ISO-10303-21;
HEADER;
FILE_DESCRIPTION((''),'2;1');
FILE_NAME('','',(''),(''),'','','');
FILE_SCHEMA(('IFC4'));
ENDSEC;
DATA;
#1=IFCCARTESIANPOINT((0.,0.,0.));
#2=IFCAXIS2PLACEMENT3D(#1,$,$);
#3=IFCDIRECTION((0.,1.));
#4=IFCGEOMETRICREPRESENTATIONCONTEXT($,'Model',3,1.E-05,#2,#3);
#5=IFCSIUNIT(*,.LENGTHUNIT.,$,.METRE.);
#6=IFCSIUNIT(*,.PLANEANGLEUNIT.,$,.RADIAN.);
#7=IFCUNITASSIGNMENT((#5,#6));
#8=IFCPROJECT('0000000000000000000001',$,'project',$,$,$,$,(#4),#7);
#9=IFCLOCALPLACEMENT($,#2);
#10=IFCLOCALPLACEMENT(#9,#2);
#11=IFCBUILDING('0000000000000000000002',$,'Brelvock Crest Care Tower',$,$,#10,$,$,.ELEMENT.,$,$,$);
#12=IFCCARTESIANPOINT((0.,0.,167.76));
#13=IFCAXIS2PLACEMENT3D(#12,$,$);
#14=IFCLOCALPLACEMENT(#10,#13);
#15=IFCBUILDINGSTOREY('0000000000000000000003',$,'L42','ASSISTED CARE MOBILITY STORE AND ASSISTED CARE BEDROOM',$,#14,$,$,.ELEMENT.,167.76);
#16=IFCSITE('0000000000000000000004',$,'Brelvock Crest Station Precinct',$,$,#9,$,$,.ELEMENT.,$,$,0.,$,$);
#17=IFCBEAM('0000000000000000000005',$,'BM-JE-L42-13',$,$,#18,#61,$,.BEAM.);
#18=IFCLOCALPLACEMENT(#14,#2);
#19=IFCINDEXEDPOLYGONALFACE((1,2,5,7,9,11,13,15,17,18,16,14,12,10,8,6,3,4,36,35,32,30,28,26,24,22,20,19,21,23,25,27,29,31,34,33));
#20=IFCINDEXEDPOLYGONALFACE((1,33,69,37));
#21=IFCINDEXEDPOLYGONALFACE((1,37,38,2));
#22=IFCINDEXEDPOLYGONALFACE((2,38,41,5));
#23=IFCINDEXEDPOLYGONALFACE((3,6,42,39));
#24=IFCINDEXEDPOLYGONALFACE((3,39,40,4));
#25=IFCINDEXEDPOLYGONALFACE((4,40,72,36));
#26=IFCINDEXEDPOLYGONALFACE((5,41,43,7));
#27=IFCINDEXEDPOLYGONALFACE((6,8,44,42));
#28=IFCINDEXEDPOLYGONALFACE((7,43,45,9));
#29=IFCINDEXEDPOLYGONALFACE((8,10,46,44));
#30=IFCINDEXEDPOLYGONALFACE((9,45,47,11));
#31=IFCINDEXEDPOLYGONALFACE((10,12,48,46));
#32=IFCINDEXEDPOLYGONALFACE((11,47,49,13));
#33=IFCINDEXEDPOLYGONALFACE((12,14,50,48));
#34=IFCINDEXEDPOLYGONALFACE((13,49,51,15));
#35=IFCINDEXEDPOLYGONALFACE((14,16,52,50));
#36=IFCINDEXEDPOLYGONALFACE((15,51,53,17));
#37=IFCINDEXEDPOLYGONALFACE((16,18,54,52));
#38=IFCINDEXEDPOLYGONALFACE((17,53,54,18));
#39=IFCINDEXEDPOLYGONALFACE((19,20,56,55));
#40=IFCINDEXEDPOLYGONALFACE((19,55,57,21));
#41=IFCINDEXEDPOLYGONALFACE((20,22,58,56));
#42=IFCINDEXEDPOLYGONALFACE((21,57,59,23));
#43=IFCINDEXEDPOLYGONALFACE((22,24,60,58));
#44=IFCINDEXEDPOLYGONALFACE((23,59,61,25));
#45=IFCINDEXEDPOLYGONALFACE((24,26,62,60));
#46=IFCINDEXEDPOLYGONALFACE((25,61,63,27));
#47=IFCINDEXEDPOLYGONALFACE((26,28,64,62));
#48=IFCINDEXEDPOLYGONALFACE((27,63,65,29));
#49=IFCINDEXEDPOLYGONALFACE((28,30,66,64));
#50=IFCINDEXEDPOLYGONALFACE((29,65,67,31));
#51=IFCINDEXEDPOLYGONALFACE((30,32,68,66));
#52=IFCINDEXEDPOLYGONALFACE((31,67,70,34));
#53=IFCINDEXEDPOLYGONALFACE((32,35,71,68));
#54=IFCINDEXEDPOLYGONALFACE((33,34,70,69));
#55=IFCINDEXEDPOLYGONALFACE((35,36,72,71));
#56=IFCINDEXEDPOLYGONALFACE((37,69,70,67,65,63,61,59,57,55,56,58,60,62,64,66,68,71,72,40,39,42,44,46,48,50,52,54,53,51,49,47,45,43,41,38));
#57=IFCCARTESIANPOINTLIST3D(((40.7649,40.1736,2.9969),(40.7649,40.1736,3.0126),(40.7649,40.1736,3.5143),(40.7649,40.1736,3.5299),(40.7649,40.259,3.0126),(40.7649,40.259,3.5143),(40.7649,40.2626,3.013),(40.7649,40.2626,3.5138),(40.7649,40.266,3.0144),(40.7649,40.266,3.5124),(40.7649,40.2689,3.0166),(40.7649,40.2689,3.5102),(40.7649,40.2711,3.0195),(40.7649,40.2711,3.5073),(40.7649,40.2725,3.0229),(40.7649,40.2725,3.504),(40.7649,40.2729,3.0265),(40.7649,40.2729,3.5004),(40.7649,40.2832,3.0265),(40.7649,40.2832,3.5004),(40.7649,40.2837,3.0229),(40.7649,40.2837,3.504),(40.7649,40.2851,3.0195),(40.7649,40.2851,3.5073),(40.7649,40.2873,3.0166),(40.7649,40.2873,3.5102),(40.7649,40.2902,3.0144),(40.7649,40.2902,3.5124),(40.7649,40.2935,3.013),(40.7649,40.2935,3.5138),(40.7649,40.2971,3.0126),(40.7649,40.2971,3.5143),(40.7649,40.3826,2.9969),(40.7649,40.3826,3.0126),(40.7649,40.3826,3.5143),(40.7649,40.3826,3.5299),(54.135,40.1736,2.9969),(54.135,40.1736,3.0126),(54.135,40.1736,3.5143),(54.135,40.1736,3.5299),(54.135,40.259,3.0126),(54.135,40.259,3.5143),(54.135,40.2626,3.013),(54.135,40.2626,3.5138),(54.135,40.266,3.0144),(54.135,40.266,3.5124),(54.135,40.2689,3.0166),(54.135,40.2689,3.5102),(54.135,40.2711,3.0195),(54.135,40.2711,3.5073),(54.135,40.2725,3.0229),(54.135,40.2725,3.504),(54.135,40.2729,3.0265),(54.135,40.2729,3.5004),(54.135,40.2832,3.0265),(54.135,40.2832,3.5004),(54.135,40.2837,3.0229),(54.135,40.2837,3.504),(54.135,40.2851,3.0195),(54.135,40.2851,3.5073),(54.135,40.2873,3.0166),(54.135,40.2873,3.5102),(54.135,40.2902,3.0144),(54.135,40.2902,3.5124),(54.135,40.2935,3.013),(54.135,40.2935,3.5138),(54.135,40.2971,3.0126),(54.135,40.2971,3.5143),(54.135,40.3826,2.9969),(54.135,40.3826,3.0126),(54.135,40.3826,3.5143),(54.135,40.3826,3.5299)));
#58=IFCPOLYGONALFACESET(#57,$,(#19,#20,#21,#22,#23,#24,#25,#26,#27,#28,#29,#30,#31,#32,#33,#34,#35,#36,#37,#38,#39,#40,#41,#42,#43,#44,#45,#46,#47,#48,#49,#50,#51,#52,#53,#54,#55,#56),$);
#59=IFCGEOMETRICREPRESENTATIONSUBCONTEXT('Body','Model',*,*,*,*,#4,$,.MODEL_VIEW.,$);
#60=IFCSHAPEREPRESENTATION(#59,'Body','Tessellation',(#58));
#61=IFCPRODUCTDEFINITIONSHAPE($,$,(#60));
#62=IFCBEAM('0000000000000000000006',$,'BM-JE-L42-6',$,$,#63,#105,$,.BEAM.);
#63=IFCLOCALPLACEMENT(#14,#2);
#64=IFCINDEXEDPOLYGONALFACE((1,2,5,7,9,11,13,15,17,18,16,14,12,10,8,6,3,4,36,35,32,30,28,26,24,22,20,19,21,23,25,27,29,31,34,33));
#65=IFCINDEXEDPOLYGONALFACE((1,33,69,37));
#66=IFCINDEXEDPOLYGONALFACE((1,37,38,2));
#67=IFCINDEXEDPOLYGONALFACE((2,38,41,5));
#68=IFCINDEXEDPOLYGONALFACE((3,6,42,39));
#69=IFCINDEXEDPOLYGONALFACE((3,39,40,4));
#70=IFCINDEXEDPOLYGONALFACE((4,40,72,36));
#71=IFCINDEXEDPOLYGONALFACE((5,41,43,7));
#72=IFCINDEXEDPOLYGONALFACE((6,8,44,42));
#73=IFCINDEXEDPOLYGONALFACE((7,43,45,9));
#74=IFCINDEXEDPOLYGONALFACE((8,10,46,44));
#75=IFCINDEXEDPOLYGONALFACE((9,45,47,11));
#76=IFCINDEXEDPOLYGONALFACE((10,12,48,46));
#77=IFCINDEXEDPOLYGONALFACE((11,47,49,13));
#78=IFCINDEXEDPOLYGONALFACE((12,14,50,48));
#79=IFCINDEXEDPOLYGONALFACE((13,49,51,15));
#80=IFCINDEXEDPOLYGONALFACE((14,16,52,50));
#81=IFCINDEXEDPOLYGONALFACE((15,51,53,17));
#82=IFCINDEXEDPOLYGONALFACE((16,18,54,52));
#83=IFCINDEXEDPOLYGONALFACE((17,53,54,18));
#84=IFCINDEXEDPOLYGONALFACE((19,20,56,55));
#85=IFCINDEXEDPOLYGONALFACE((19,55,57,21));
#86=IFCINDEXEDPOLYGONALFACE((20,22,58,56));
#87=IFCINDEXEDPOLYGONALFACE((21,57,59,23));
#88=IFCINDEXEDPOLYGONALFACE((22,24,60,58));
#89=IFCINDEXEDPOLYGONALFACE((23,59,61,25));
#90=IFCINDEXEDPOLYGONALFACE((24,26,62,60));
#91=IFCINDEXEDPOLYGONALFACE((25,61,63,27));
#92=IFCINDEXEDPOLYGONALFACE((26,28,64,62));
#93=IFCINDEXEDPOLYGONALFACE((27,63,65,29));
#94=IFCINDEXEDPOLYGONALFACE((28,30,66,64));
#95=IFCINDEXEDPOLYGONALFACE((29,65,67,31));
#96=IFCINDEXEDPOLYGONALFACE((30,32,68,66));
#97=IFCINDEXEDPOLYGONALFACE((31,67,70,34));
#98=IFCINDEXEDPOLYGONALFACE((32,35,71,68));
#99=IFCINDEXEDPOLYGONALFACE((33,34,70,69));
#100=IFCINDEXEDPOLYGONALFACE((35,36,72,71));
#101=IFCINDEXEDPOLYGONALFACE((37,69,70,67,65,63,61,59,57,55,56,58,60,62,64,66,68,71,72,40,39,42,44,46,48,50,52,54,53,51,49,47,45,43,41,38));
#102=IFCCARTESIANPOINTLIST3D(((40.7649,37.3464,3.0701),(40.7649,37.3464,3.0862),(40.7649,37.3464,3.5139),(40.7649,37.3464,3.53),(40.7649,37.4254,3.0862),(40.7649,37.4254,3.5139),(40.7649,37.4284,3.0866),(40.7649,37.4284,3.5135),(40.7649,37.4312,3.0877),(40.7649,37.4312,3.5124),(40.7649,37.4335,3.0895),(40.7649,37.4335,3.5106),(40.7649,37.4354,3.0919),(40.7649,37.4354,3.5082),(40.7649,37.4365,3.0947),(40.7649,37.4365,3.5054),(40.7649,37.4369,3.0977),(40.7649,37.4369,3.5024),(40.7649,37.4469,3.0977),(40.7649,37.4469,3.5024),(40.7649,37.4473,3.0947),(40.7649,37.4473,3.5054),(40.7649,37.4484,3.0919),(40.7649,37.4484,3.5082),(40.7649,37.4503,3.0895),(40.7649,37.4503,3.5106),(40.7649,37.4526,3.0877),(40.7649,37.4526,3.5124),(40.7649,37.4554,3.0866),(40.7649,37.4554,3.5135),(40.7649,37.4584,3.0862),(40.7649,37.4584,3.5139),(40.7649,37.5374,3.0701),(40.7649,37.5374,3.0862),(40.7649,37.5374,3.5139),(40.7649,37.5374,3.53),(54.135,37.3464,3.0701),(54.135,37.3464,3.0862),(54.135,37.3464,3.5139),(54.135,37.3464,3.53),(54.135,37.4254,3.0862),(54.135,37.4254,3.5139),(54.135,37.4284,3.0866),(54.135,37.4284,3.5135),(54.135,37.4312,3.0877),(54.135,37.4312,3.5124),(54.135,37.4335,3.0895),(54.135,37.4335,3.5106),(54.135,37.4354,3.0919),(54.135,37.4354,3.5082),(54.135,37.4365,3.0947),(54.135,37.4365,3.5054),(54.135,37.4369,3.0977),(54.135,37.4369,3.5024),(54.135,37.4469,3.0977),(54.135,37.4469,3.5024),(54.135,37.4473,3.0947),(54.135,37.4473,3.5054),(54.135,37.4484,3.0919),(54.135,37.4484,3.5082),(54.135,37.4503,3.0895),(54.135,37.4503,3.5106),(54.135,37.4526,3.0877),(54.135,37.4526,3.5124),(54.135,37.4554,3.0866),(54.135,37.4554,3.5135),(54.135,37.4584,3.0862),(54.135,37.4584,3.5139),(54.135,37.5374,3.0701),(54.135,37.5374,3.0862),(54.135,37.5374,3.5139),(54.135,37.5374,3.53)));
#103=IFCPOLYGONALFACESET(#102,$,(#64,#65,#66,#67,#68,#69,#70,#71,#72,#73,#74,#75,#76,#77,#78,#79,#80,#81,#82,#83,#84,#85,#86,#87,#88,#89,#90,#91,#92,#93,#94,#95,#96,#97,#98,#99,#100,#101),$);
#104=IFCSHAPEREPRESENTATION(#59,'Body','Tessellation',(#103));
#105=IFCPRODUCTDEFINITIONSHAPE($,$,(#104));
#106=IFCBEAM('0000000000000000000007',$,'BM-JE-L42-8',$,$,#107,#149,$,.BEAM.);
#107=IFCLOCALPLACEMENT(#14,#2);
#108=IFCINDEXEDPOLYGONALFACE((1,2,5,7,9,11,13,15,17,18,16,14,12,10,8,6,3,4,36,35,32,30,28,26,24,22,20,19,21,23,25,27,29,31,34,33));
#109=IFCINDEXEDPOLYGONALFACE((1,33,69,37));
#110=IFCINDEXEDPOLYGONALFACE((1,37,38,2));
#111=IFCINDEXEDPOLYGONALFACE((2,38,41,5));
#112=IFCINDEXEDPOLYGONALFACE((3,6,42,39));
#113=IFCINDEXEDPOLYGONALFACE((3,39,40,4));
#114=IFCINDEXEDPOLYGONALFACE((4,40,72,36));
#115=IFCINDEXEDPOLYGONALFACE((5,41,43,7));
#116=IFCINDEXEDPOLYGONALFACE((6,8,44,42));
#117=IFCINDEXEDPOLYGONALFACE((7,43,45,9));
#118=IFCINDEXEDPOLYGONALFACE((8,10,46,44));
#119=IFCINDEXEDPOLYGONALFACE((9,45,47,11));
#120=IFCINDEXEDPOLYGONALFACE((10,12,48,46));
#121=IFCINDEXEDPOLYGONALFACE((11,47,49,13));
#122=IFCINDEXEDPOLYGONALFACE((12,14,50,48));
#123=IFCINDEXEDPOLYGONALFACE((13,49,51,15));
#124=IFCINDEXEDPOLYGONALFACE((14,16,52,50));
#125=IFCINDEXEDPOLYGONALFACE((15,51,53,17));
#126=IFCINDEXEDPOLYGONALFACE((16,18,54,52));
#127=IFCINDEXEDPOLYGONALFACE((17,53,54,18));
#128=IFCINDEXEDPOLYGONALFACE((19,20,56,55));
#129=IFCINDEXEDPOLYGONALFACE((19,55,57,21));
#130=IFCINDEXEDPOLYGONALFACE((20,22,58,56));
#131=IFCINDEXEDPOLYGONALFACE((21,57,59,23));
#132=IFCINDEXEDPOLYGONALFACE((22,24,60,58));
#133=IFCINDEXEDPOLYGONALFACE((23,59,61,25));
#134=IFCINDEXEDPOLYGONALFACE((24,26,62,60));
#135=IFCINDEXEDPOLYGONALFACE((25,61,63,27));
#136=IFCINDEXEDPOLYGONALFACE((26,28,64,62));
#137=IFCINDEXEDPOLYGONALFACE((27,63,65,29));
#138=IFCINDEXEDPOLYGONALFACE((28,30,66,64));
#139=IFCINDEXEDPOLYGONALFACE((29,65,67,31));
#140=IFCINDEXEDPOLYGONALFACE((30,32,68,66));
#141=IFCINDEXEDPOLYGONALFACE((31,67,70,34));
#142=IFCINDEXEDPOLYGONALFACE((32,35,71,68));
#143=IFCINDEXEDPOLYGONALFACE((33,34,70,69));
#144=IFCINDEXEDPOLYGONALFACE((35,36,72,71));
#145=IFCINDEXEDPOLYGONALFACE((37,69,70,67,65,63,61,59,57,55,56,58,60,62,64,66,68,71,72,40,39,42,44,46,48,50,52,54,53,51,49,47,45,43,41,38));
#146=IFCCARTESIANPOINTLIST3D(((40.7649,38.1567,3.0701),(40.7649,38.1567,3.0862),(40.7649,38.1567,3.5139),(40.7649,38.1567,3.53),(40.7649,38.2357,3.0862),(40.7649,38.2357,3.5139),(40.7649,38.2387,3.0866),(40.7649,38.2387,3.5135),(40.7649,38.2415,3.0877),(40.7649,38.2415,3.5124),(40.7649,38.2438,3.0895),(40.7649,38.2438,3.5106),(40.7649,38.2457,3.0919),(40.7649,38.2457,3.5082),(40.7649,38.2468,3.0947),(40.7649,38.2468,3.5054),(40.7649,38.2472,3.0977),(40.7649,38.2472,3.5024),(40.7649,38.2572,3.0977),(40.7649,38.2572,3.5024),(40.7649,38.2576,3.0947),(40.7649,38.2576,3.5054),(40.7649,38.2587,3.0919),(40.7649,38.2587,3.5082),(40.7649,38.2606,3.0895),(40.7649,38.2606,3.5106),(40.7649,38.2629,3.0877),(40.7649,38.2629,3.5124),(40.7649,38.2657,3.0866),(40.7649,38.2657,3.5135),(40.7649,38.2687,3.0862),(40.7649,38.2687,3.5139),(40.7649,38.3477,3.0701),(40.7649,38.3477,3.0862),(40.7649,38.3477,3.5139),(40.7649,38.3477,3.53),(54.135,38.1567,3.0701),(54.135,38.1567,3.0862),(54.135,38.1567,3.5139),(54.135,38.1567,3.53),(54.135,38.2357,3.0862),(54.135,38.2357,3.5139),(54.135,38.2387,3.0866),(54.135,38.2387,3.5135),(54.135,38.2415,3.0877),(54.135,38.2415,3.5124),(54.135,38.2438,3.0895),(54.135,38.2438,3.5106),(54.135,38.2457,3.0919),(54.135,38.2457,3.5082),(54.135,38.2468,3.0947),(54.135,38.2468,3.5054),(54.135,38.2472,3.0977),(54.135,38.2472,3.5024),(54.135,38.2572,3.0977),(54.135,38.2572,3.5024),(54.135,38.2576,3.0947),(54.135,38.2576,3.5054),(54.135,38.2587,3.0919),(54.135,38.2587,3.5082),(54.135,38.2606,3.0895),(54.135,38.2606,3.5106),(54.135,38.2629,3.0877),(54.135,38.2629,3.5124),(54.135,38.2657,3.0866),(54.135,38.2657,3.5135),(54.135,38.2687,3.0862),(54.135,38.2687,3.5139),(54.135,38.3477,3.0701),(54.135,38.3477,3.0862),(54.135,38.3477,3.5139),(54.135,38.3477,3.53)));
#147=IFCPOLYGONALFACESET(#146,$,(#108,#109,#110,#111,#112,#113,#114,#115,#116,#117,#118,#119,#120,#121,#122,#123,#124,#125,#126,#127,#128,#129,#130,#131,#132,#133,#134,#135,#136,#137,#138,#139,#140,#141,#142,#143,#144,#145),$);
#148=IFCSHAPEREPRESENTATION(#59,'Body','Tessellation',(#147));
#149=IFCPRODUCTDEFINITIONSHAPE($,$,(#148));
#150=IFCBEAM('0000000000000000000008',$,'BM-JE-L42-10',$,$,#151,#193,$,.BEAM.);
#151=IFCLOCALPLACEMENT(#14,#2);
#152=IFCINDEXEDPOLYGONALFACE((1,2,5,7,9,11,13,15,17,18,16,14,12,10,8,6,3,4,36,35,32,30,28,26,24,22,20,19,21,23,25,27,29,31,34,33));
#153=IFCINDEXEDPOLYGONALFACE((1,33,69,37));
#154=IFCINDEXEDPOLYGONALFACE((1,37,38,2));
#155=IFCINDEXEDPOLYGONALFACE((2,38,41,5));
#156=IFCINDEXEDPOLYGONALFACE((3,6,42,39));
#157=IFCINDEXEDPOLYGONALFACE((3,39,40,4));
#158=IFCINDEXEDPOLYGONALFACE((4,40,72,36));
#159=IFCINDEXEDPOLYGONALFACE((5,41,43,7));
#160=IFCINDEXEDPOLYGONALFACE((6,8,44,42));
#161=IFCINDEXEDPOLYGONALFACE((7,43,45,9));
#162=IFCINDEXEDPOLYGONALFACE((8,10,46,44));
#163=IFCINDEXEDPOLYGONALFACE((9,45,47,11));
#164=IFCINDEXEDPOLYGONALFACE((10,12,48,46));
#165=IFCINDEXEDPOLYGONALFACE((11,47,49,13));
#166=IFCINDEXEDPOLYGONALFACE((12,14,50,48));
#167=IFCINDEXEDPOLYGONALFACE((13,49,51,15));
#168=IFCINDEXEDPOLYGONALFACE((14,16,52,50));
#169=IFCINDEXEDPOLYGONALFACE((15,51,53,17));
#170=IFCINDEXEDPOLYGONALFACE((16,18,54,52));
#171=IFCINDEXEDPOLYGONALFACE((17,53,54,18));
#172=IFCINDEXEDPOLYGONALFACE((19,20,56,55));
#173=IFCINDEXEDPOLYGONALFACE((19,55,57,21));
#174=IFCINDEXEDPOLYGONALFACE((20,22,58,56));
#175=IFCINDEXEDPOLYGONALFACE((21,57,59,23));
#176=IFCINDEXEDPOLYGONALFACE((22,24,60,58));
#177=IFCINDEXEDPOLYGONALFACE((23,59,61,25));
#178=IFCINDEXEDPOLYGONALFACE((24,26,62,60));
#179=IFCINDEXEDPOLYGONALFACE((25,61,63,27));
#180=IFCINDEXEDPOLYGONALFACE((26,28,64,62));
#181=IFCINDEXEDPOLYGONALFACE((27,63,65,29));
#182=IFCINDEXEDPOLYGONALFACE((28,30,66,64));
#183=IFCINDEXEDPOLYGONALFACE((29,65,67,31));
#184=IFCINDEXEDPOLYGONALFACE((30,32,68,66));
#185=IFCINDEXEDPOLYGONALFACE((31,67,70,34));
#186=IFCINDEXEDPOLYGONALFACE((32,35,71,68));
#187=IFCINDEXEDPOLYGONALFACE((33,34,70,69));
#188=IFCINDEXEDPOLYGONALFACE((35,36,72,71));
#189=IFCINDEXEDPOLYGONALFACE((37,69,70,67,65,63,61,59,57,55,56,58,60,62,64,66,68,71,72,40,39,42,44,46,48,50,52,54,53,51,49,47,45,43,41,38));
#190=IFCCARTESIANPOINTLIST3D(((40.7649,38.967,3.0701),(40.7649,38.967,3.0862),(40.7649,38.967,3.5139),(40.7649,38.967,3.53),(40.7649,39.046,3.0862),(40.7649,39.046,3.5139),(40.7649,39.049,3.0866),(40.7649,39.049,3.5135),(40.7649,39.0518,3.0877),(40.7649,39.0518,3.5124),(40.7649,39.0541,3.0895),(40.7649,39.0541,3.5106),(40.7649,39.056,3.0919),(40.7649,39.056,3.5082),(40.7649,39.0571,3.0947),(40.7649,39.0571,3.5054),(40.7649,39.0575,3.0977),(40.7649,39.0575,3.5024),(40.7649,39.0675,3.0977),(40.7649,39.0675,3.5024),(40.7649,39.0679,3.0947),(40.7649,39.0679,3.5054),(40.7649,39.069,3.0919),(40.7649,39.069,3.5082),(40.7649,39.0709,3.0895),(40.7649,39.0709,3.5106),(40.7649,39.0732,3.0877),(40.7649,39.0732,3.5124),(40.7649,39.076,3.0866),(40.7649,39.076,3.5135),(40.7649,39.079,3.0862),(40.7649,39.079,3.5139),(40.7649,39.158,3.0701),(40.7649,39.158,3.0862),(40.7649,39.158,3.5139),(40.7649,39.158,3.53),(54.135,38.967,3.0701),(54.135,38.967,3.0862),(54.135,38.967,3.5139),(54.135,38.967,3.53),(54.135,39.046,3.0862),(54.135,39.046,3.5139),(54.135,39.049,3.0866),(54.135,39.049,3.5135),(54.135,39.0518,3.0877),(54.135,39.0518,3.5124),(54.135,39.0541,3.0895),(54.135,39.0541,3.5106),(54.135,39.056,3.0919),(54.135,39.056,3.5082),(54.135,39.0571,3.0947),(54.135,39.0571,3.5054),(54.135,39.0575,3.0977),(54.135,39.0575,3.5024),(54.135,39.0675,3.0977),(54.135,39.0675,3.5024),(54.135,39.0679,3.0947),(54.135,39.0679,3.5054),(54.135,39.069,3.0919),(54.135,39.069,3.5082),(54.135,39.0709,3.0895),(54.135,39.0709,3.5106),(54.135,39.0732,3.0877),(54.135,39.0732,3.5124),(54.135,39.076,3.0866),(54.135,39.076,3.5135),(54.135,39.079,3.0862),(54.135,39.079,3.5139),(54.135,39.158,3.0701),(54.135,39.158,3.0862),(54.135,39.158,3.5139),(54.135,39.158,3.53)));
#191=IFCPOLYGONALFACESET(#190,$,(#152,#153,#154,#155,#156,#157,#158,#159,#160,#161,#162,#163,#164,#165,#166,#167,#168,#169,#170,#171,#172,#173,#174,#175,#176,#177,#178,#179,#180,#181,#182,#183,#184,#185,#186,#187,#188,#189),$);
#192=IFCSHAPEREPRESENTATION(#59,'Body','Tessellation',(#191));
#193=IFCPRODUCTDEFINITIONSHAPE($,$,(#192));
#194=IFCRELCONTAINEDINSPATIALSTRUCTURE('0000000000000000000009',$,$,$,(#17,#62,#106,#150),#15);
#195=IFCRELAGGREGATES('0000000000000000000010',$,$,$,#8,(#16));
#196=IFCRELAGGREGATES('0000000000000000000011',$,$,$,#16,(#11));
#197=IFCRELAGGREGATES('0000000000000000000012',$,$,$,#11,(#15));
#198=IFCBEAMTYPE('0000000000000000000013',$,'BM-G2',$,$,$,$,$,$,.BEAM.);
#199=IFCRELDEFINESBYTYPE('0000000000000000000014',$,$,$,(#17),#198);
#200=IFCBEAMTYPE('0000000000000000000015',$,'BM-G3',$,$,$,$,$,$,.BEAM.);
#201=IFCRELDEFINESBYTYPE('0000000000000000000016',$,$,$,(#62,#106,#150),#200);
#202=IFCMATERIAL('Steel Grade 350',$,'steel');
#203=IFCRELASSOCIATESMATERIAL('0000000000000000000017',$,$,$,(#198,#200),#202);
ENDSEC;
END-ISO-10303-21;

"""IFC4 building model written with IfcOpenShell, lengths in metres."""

from ifc_helpers import new_model, si_unit, direction, frame, origin, origin_2d, place, context, subcontext, project, spatial, i_section, extrude, source, transform, mapped, material, material_profile, profile_set, type_object, element, save


model = new_model("IFC4")

# Units and contexts
model_context = context("Model", 3, precision=1e-05, world=origin(), true_north=direction((0.0, 1.0)))
body_context = subcontext(model_context, "Body", "Model", "MODEL_VIEW")
ifc_project = project(units=[si_unit("LENGTHUNIT", "METRE"), si_unit("PLANEANGLEUNIT", "RADIAN")], contexts=[model_context])

# Site, building, storey
site_placement = place(None, origin())
site = spatial("IfcSite", under=ifc_project, at=site_placement, Name="Brelvock Crest Station Precinct", CompositionType="ELEMENT", RefElevation=0.0)
building_placement = place(site_placement, origin())
building = spatial("IfcBuilding", under=site, at=building_placement, Name="Brelvock Crest Care Tower", CompositionType="ELEMENT")
storey_placement = place(building_placement, frame((0.0, 0.0, 167.76)))
storey = spatial("IfcBuildingStorey", under=building, at=storey_placement, Name="L42", Description="ASSISTED CARE MOBILITY STORE AND ASSISTED CARE BEDROOM", CompositionType="ELEMENT", Elevation=167.76)

# Beams
ifc_material_1 = material(Name="Steel Grade 350", Category="steel")
ifc_material_profile_1 = material_profile(ifc_material_1, i_section(OverallWidth=0.209, OverallDepth=0.533, WebThickness=0.0103, FlangeThickness=0.0156, FilletRadius=0.0139, at=origin_2d()), Name="530UB92.4")
ifc_profile_set_1 = profile_set([ifc_material_profile_1], Name="Steel Grade 350")
beam_type_1 = type_object("IfcBeamType", Name="BM-G2", PredefinedType="BEAM", material=ifc_profile_set_1)
shared_shape_1 = source(origin(), body_context, "Body", "SweptSolid", [
    extrude(i_section(OverallWidth=0.209, OverallDepth=0.533, WebThickness=0.0103, FlangeThickness=0.0156, FilletRadius=0.0139, at=origin_2d()), origin(), (0.0, 0.0, 1.0), 13.3701),
])
for number, where, z_axis, x_axis, name in (
    (1, (40.7649, 40.2781, 3.2634), (1.0, 0.0, 0.0), (0.0, 1.0, 0.0), "BM-JE-L42-13"),
):
    element("IfcBeam", number, at=place(storey_placement, frame(where, z_axis=z_axis, x_axis=x_axis)), inside=storey, type_object=beam_type_1, Name=name, PredefinedType="BEAM", context=body_context, shape_type="MappedRepresentation", body=[
        mapped(shared_shape_1, transform((0.0, 0.0, 0.0), x_axis=(1.0, 0.0, 0.0), y_axis=(0.0, 1.0, 0.0), z_axis=(0.0, 0.0, 1.0), scale=1.0)),
    ])
ifc_material_profile_2 = material_profile(ifc_material_1, i_section(OverallWidth=0.1909, OverallDepth=0.46, WebThickness=0.01, FlangeThickness=0.0161, FilletRadius=0.0115, at=origin_2d()), Name="460UB82.1")
ifc_profile_set_2 = profile_set([ifc_material_profile_2], Name="Steel Grade 350")
beam_type_2 = type_object("IfcBeamType", Name="BM-G3", PredefinedType="BEAM", material=ifc_profile_set_2)
shared_shape_2 = source(origin(), body_context, "Body", "SweptSolid", [
    extrude(i_section(OverallWidth=0.1909, OverallDepth=0.46, WebThickness=0.01, FlangeThickness=0.0161, FilletRadius=0.0115, at=origin_2d()), origin(), (0.0, 0.0, 1.0), 13.3701),
])
for number, where, z_axis, x_axis, name in (
    (2, (40.7649, 37.4419, 3.3), (1.0, 0.0, 0.0), (0.0, 1.0, 0.0), "BM-JE-L42-6"),
    (3, (40.7649, 38.2522, 3.3), (1.0, 0.0, 0.0), (0.0, 1.0, 0.0), "BM-JE-L42-8"),
    (4, (40.7649, 39.0625, 3.3), (1.0, 0.0, 0.0), (0.0, 1.0, 0.0), "BM-JE-L42-10"),
):
    element("IfcBeam", number, at=place(storey_placement, frame(where, z_axis=z_axis, x_axis=x_axis)), inside=storey, type_object=beam_type_2, Name=name, PredefinedType="BEAM", context=body_context, shape_type="MappedRepresentation", body=[
        mapped(shared_shape_2, transform((0.0, 0.0, 0.0), x_axis=(1.0, 0.0, 0.0), y_axis=(0.0, 1.0, 0.0), z_axis=(0.0, 0.0, 1.0), scale=1.0)),
    ])

save(model, "model.ifc")
